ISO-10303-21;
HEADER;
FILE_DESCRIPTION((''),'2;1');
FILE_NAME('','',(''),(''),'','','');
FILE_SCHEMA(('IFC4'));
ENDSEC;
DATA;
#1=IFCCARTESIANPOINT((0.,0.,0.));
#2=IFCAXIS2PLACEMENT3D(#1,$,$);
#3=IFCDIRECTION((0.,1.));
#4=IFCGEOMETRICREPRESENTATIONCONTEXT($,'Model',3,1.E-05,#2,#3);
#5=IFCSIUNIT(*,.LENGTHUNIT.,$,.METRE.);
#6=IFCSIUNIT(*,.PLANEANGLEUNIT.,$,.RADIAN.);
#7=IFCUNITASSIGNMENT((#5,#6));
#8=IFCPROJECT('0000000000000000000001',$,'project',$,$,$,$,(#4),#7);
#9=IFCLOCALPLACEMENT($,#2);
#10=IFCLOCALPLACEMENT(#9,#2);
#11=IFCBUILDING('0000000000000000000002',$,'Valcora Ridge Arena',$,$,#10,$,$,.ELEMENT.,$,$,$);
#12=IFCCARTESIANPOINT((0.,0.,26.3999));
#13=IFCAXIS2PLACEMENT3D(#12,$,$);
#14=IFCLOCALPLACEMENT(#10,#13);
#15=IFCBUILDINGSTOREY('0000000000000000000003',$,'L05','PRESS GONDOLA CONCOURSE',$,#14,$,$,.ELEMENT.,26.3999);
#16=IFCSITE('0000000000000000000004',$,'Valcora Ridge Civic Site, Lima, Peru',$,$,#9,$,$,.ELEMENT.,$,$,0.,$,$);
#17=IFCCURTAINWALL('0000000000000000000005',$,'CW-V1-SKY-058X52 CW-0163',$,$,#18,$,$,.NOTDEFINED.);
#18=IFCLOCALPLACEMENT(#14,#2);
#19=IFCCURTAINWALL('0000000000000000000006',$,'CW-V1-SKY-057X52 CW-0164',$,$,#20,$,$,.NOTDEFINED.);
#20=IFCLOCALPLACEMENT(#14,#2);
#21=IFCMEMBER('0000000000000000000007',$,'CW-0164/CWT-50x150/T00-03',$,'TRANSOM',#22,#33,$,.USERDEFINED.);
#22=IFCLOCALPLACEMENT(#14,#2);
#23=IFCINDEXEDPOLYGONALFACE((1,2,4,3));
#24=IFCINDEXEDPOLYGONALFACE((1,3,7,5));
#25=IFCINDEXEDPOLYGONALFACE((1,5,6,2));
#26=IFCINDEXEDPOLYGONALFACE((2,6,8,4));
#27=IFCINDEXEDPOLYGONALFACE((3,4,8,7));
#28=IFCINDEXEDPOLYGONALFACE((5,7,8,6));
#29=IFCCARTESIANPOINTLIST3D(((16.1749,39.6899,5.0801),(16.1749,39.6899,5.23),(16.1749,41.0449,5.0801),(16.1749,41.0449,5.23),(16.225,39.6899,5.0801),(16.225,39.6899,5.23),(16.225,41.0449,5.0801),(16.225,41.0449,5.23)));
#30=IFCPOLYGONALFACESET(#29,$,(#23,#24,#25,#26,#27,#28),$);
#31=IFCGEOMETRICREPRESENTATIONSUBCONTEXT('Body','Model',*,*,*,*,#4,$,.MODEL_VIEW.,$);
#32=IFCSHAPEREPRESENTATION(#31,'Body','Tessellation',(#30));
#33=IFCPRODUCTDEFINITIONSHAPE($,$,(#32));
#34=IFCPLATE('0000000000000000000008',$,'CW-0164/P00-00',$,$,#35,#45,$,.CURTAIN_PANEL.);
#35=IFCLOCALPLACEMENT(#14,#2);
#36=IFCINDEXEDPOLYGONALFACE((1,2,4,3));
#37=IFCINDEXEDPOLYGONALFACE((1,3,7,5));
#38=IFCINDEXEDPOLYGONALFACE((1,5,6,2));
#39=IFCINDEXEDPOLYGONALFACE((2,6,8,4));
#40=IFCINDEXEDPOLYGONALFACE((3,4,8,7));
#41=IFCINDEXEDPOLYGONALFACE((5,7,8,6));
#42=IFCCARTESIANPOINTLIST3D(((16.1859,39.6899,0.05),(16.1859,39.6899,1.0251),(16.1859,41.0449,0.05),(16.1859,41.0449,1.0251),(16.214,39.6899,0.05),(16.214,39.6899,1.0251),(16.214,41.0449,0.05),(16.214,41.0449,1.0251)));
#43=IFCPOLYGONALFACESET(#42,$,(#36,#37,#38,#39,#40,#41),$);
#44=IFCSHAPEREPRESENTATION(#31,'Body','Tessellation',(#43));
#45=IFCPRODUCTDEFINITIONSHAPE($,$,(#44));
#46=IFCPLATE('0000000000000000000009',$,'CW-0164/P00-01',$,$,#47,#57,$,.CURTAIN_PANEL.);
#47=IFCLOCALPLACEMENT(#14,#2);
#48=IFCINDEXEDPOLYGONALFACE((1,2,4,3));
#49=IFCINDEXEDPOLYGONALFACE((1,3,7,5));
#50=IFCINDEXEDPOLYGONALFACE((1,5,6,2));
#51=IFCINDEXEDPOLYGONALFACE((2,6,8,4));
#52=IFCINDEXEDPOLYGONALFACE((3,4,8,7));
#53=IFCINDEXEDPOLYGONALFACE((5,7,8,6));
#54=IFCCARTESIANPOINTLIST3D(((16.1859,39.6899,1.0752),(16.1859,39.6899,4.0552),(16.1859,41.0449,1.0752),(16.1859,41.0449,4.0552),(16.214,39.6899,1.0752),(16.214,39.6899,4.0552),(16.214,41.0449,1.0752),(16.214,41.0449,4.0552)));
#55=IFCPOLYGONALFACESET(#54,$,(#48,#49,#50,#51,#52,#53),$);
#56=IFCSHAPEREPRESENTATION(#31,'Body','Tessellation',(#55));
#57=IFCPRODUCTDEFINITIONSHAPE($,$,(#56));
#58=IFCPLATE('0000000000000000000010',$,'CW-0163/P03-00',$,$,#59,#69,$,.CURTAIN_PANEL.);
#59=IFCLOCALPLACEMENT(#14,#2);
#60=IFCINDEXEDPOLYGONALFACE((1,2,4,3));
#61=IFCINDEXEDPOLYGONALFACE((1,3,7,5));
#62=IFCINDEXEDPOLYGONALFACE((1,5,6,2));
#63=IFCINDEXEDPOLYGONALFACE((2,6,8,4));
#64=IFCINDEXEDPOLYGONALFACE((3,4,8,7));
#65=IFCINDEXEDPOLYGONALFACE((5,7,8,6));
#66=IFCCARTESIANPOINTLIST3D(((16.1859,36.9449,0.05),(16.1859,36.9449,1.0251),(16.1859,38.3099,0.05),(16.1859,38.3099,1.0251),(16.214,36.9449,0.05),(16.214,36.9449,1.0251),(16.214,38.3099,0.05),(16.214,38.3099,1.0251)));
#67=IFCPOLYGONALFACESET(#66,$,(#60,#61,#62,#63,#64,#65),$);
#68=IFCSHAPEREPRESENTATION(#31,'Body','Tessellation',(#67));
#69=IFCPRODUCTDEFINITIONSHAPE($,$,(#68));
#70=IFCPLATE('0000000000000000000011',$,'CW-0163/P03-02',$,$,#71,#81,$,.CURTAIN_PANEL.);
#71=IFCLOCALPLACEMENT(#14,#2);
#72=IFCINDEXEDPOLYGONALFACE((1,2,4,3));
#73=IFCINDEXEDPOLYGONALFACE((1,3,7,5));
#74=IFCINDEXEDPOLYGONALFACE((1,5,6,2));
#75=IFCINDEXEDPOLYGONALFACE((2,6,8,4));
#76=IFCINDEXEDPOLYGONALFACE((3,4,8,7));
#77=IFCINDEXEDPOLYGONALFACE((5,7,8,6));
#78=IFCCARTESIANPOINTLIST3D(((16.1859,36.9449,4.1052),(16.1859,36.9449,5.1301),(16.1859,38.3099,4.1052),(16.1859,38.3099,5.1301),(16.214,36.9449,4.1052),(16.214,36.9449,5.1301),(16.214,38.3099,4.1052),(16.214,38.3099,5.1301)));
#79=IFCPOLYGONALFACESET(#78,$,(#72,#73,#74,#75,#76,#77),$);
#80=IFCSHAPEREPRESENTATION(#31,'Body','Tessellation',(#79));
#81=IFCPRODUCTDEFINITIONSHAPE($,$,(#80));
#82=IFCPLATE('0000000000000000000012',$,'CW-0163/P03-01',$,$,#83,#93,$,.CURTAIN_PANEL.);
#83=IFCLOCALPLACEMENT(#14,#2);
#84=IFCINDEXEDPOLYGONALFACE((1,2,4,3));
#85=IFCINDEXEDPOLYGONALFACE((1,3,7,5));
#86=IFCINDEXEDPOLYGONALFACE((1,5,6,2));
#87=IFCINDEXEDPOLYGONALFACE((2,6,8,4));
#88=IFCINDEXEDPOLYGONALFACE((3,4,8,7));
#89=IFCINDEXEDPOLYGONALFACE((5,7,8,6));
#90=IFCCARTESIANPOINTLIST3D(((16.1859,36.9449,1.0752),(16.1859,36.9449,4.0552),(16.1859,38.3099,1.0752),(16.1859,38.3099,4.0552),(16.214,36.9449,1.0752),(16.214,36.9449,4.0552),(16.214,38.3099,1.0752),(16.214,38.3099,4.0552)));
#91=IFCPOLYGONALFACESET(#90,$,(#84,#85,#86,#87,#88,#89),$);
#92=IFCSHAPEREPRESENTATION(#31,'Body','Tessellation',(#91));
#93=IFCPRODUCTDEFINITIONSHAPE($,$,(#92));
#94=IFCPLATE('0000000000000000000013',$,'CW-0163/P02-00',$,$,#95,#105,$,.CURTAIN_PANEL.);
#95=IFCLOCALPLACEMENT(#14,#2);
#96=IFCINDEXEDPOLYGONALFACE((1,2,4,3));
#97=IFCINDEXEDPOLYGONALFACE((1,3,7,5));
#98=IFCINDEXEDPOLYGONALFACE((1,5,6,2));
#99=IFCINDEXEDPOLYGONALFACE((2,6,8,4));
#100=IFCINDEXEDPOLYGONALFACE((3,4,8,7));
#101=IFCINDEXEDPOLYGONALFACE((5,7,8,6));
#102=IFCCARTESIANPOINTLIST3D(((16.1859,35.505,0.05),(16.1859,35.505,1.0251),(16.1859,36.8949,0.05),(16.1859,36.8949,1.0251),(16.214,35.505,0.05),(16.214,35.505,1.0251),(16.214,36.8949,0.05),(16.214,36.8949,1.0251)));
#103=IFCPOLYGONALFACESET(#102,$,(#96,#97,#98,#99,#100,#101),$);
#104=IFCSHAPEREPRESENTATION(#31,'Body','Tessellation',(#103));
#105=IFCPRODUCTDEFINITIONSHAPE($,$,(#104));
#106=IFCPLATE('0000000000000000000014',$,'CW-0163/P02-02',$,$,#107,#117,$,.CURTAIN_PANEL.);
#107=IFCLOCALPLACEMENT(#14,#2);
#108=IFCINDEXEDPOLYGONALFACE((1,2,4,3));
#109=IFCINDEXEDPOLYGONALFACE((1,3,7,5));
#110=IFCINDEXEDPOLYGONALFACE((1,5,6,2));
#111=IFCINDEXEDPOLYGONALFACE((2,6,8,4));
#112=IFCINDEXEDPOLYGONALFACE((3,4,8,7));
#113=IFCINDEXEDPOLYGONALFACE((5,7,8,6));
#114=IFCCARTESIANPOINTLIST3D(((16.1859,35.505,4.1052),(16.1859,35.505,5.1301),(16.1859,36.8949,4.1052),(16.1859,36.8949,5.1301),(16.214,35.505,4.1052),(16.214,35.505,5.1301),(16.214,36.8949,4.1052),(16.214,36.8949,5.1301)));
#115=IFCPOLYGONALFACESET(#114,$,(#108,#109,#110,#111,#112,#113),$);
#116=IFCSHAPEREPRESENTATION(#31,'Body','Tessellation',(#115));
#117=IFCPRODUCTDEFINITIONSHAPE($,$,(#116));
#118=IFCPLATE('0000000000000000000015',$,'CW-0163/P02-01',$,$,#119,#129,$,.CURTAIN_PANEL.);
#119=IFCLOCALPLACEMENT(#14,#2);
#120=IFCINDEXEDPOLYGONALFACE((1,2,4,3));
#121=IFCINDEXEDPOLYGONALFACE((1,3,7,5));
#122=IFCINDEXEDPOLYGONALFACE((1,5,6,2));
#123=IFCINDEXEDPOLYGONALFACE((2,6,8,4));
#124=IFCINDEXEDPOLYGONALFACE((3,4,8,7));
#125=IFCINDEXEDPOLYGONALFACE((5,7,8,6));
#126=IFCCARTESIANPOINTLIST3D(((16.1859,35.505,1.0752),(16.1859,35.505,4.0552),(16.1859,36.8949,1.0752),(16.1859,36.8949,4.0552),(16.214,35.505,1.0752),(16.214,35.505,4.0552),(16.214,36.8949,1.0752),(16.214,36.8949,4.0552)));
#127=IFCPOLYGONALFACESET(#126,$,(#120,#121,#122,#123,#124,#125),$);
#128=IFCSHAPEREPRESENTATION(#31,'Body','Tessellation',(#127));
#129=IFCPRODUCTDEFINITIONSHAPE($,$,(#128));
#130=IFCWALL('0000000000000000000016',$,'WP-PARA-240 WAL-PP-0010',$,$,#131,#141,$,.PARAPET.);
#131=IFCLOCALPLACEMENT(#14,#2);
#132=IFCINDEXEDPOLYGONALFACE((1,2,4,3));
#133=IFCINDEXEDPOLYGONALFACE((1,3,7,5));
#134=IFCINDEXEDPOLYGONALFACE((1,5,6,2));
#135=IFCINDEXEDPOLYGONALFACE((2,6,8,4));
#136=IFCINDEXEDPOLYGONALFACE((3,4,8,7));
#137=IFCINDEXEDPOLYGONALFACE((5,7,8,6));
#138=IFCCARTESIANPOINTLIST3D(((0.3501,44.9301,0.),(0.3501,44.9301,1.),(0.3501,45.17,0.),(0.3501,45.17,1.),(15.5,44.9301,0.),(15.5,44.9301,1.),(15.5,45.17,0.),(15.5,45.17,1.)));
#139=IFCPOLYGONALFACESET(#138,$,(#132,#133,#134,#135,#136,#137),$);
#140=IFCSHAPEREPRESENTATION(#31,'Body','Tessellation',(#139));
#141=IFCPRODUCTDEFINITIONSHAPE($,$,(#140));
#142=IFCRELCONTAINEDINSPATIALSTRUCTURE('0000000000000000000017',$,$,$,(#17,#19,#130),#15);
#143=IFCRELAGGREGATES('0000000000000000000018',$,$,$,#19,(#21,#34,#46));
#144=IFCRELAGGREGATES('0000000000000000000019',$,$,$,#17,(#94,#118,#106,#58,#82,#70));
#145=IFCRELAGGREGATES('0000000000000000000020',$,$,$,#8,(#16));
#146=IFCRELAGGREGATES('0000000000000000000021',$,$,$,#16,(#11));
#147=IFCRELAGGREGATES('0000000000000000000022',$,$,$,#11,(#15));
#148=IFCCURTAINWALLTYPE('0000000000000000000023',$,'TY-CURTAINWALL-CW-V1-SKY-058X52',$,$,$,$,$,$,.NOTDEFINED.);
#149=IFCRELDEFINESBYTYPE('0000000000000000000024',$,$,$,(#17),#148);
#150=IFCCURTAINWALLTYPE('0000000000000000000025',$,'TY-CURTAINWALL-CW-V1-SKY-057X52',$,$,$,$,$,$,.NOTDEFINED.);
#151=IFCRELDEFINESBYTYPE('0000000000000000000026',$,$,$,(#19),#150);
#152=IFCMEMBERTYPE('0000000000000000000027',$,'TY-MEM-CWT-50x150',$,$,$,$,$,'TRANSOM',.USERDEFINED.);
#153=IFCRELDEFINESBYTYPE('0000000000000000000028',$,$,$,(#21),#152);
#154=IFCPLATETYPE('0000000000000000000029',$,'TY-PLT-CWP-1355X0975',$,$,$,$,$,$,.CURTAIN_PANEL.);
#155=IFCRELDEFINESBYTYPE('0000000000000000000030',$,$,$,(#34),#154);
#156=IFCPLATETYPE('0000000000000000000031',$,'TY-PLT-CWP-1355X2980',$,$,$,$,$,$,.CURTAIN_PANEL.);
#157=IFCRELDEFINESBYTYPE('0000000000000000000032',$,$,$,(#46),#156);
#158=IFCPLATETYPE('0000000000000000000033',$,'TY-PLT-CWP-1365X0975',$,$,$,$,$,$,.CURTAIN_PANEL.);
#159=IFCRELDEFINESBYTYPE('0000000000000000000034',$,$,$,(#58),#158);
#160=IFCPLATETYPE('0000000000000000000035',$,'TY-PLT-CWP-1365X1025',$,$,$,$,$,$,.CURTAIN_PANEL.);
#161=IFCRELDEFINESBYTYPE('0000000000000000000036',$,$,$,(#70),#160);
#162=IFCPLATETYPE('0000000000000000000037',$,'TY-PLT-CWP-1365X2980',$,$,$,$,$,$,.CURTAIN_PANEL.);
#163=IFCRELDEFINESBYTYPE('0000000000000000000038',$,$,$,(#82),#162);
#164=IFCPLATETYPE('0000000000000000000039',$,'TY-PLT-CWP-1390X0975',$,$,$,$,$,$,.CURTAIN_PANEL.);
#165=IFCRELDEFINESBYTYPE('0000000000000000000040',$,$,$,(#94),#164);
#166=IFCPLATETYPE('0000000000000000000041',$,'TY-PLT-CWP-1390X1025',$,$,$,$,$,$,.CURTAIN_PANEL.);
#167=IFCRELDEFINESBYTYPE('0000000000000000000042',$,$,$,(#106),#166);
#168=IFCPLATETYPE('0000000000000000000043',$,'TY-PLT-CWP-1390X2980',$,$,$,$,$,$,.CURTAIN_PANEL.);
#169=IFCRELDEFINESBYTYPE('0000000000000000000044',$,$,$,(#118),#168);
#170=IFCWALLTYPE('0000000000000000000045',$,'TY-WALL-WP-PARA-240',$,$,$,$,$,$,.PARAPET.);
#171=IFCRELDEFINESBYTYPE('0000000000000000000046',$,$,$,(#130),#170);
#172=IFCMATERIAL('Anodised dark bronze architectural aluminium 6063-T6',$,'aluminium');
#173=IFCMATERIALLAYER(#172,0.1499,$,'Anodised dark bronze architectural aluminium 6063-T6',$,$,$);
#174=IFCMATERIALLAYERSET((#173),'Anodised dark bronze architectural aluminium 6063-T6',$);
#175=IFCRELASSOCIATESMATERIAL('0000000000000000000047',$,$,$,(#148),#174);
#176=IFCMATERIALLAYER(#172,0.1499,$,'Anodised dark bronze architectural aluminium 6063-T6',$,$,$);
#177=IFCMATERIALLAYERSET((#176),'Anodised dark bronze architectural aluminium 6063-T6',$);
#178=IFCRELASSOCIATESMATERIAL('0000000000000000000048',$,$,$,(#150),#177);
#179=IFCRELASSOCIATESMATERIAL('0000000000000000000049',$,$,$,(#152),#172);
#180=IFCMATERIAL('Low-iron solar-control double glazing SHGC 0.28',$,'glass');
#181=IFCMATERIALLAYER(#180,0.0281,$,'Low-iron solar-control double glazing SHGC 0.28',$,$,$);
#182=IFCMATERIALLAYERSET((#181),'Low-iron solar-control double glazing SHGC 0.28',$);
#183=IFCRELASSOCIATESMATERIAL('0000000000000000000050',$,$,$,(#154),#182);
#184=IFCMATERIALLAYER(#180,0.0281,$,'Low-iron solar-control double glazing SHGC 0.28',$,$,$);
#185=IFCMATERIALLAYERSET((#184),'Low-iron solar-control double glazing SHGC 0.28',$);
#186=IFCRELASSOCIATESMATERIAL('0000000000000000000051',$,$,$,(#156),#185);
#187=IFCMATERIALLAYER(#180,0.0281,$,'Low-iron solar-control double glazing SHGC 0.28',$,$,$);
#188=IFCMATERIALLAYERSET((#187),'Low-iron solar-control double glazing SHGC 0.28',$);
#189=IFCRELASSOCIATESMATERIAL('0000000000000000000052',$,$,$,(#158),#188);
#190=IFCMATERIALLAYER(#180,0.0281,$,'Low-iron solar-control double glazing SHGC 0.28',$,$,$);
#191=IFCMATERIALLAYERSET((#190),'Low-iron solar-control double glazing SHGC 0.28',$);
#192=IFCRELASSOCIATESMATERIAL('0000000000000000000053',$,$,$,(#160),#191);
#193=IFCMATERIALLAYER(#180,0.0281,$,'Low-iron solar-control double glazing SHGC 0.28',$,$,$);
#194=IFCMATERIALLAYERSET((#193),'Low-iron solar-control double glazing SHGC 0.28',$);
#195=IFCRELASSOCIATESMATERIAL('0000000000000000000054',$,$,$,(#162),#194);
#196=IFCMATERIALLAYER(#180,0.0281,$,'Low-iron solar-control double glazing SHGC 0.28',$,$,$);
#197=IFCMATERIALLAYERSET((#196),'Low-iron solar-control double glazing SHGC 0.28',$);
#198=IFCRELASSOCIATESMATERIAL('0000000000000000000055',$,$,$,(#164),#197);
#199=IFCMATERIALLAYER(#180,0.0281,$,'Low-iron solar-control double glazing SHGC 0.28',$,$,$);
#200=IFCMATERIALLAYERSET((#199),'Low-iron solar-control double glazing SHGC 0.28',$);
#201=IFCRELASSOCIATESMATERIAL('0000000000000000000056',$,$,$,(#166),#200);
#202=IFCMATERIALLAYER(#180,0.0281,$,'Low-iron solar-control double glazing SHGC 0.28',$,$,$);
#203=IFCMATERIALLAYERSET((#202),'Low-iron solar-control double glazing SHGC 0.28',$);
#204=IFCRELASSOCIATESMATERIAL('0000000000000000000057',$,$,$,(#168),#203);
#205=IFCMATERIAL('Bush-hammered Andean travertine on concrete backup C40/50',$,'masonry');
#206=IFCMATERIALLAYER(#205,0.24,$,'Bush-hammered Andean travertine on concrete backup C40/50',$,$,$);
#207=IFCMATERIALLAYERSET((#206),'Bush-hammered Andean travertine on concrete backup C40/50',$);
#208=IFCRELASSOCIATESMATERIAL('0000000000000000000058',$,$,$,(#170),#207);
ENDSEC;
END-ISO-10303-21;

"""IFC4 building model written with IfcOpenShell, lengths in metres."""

from ifc_helpers import new_model, si_unit, direction, frame, frame_2d, origin, origin_2d, place, context, subcontext, project, spatial, rectangle, extrude, material, layer, layer_set, material_profile, profile_set, type_object, element, aggregate, save


model = new_model("IFC4")

# Units and contexts
model_context = context("Model", 3, precision=1e-05, world=origin(), true_north=direction((0.0, 1.0)))
body_context = subcontext(model_context, "Body", "Model", "MODEL_VIEW")
ifc_project = project(units=[si_unit("LENGTHUNIT", "METRE"), si_unit("PLANEANGLEUNIT", "RADIAN")], contexts=[model_context])

# Site, building, storey
site_placement = place(None, origin())
site = spatial("IfcSite", under=ifc_project, at=site_placement, Name="Valcora Ridge Civic Site, Lima, Peru", CompositionType="ELEMENT", RefElevation=0.0)
building_placement = place(site_placement, origin())
building = spatial("IfcBuilding", under=site, at=building_placement, Name="Valcora Ridge Arena", CompositionType="ELEMENT")
storey_placement = place(building_placement, frame((0.0, 0.0, 26.3999)))
storey = spatial("IfcBuildingStorey", under=building, at=storey_placement, Name="L05", Description="PRESS GONDOLA CONCOURSE", CompositionType="ELEMENT", Elevation=26.3999)

# Curtain wall
ifc_material_1 = material(Name="Anodised dark bronze architectural aluminium 6063-T6", Category="aluminium")
ifc_layer_1 = layer(ifc_material_1, 0.1499, Name="Anodised dark bronze architectural aluminium 6063-T6")
ifc_layer_set_1 = layer_set([ifc_layer_1], Name="Anodised dark bronze architectural aluminium 6063-T6")
curtain_wall_type_1 = type_object("IfcCurtainWallType", Name="TY-CURTAINWALL-CW-V1-SKY-058X52", PredefinedType="NOTDEFINED", material=ifc_layer_set_1)
curtain_wall_1_placement = place(storey_placement, origin())
curtain_wall_1 = element("IfcCurtainWall", 1, at=curtain_wall_1_placement, inside=storey, type_object=curtain_wall_type_1, Name="CW-V1-SKY-058X52 CW-0163", PredefinedType="NOTDEFINED")

# Curtain wall
ifc_layer_2 = layer(ifc_material_1, 0.1499, Name="Anodised dark bronze architectural aluminium 6063-T6")
ifc_layer_set_2 = layer_set([ifc_layer_2], Name="Anodised dark bronze architectural aluminium 6063-T6")
curtain_wall_type_2 = type_object("IfcCurtainWallType", Name="TY-CURTAINWALL-CW-V1-SKY-057X52", PredefinedType="NOTDEFINED", material=ifc_layer_set_2)
curtain_wall_2_placement = place(storey_placement, origin())
curtain_wall_2 = element("IfcCurtainWall", 2, at=curtain_wall_2_placement, inside=storey, type_object=curtain_wall_type_2, Name="CW-V1-SKY-057X52 CW-0164", PredefinedType="NOTDEFINED")

# Member
ifc_material_profile_1 = material_profile(ifc_material_1, rectangle(XDim=0.05, YDim=0.1499, at=origin_2d()), Name="ALU TRANSOM 50x150")
ifc_profile_set_1 = profile_set([ifc_material_profile_1], Name="Anodised dark bronze architectural aluminium 6063-T6")
member_type_1 = type_object("IfcMemberType", Name="TY-MEM-CWT-50x150", ElementType="TRANSOM", PredefinedType="USERDEFINED", material=ifc_profile_set_1)
member_1_placement = place(storey_placement, frame((16.2, 39.6899, 5.155), z_axis=(0.0, 1.0, 0.0), x_axis=(-1.0, 0.0, 0.0)))
member_1 = element("IfcMember", 3, at=member_1_placement, type_object=member_type_1, Name="CW-0164/CWT-50x150/T00-03", ObjectType="TRANSOM", PredefinedType="USERDEFINED", context=body_context, shape_type="SweptSolid", body=[
    extrude(rectangle(XDim=0.05, YDim=0.1499, at=origin_2d()), origin(), (0.0, 0.0, 1.0), 1.355),
])

# Plates
ifc_material_2 = material(Name="Low-iron solar-control double glazing SHGC 0.28", Category="glass")
ifc_layer_3 = layer(ifc_material_2, 0.0281, Name="Low-iron solar-control double glazing SHGC 0.28")
ifc_layer_set_3 = layer_set([ifc_layer_3], Name="Low-iron solar-control double glazing SHGC 0.28")
plate_type_1 = type_object("IfcPlateType", Name="TY-PLT-CWP-1355X0975", PredefinedType="CURTAIN_PANEL", material=ifc_layer_set_3)
plate_1_placement = place(storey_placement, frame((16.2, 40.3674, 0.05), z_axis=(0.0, 0.0, 1.0), x_axis=(0.0, 1.0, 0.0)))
plate_1 = element("IfcPlate", 4, at=plate_1_placement, type_object=plate_type_1, Name="CW-0164/P00-00", PredefinedType="CURTAIN_PANEL", context=body_context, shape_type="SweptSolid", body=[
    extrude(rectangle(XDim=1.355, YDim=0.0281, at=origin_2d()), origin(), (0.0, 0.0, 1.0), 0.9751),
])
ifc_layer_4 = layer(ifc_material_2, 0.0281, Name="Low-iron solar-control double glazing SHGC 0.28")
ifc_layer_set_4 = layer_set([ifc_layer_4], Name="Low-iron solar-control double glazing SHGC 0.28")
plate_type_2 = type_object("IfcPlateType", Name="TY-PLT-CWP-1355X2980", PredefinedType="CURTAIN_PANEL", material=ifc_layer_set_4)
plate_2_placement = place(storey_placement, frame((16.2, 40.3674, 1.0752), z_axis=(0.0, 0.0, 1.0), x_axis=(0.0, 1.0, 0.0)))
plate_2 = element("IfcPlate", 5, at=plate_2_placement, type_object=plate_type_2, Name="CW-0164/P00-01", PredefinedType="CURTAIN_PANEL", context=body_context, shape_type="SweptSolid", body=[
    extrude(rectangle(XDim=1.355, YDim=0.0281, at=origin_2d()), origin(), (0.0, 0.0, 1.0), 2.98),
])
aggregate(curtain_wall_2, [member_1, plate_1, plate_2])
ifc_layer_5 = layer(ifc_material_2, 0.0281, Name="Low-iron solar-control double glazing SHGC 0.28")
ifc_layer_set_5 = layer_set([ifc_layer_5], Name="Low-iron solar-control double glazing SHGC 0.28")
plate_type_3 = type_object("IfcPlateType", Name="TY-PLT-CWP-1365X0975", PredefinedType="CURTAIN_PANEL", material=ifc_layer_set_5)
plate_3_placement = place(storey_placement, frame((16.2, 37.6274, 0.05), z_axis=(0.0, 0.0, 1.0), x_axis=(0.0, 1.0, 0.0)))
plate_3 = element("IfcPlate", 6, at=plate_3_placement, type_object=plate_type_3, Name="CW-0163/P03-00", PredefinedType="CURTAIN_PANEL", context=body_context, shape_type="SweptSolid", body=[
    extrude(rectangle(XDim=1.365, YDim=0.0281, at=origin_2d()), origin(), (0.0, 0.0, 1.0), 0.9751),
])
ifc_layer_6 = layer(ifc_material_2, 0.0281, Name="Low-iron solar-control double glazing SHGC 0.28")
ifc_layer_set_6 = layer_set([ifc_layer_6], Name="Low-iron solar-control double glazing SHGC 0.28")
plate_type_4 = type_object("IfcPlateType", Name="TY-PLT-CWP-1365X1025", PredefinedType="CURTAIN_PANEL", material=ifc_layer_set_6)
plate_4_placement = place(storey_placement, frame((16.2, 37.6274, 4.1052), z_axis=(0.0, 0.0, 1.0), x_axis=(0.0, 1.0, 0.0)))
plate_4 = element("IfcPlate", 7, at=plate_4_placement, type_object=plate_type_4, Name="CW-0163/P03-02", PredefinedType="CURTAIN_PANEL", context=body_context, shape_type="SweptSolid", body=[
    extrude(rectangle(XDim=1.365, YDim=0.0281, at=origin_2d()), origin(), (0.0, 0.0, 1.0), 1.0249),
])
ifc_layer_7 = layer(ifc_material_2, 0.0281, Name="Low-iron solar-control double glazing SHGC 0.28")
ifc_layer_set_7 = layer_set([ifc_layer_7], Name="Low-iron solar-control double glazing SHGC 0.28")
plate_type_5 = type_object("IfcPlateType", Name="TY-PLT-CWP-1365X2980", PredefinedType="CURTAIN_PANEL", material=ifc_layer_set_7)
plate_5_placement = place(storey_placement, frame((16.2, 37.6274, 1.0752), z_axis=(0.0, 0.0, 1.0), x_axis=(0.0, 1.0, 0.0)))
plate_5 = element("IfcPlate", 8, at=plate_5_placement, type_object=plate_type_5, Name="CW-0163/P03-01", PredefinedType="CURTAIN_PANEL", context=body_context, shape_type="SweptSolid", body=[
    extrude(rectangle(XDim=1.365, YDim=0.0281, at=origin_2d()), origin(), (0.0, 0.0, 1.0), 2.98),
])
ifc_layer_8 = layer(ifc_material_2, 0.0281, Name="Low-iron solar-control double glazing SHGC 0.28")
ifc_layer_set_8 = layer_set([ifc_layer_8], Name="Low-iron solar-control double glazing SHGC 0.28")
plate_type_6 = type_object("IfcPlateType", Name="TY-PLT-CWP-1390X0975", PredefinedType="CURTAIN_PANEL", material=ifc_layer_set_8)
plate_6_placement = place(storey_placement, frame((16.2, 36.2, 0.05), z_axis=(0.0, 0.0, 1.0), x_axis=(0.0, 1.0, 0.0)))
plate_6 = element("IfcPlate", 9, at=plate_6_placement, type_object=plate_type_6, Name="CW-0163/P02-00", PredefinedType="CURTAIN_PANEL", context=body_context, shape_type="SweptSolid", body=[
    extrude(rectangle(XDim=1.3899, YDim=0.0281, at=origin_2d()), origin(), (0.0, 0.0, 1.0), 0.9751),
])
ifc_layer_9 = layer(ifc_material_2, 0.0281, Name="Low-iron solar-control double glazing SHGC 0.28")
ifc_layer_set_9 = layer_set([ifc_layer_9], Name="Low-iron solar-control double glazing SHGC 0.28")
plate_type_7 = type_object("IfcPlateType", Name="TY-PLT-CWP-1390X1025", PredefinedType="CURTAIN_PANEL", material=ifc_layer_set_9)
plate_7_placement = place(storey_placement, frame((16.2, 36.2, 4.1052), z_axis=(0.0, 0.0, 1.0), x_axis=(0.0, 1.0, 0.0)))
plate_7 = element("IfcPlate", 10, at=plate_7_placement, type_object=plate_type_7, Name="CW-0163/P02-02", PredefinedType="CURTAIN_PANEL", context=body_context, shape_type="SweptSolid", body=[
    extrude(rectangle(XDim=1.3899, YDim=0.0281, at=origin_2d()), origin(), (0.0, 0.0, 1.0), 1.0249),
])
ifc_layer_10 = layer(ifc_material_2, 0.0281, Name="Low-iron solar-control double glazing SHGC 0.28")
ifc_layer_set_10 = layer_set([ifc_layer_10], Name="Low-iron solar-control double glazing SHGC 0.28")
plate_type_8 = type_object("IfcPlateType", Name="TY-PLT-CWP-1390X2980", PredefinedType="CURTAIN_PANEL", material=ifc_layer_set_10)
plate_8_placement = place(storey_placement, frame((16.2, 36.2, 1.0752), z_axis=(0.0, 0.0, 1.0), x_axis=(0.0, 1.0, 0.0)))
plate_8 = element("IfcPlate", 11, at=plate_8_placement, type_object=plate_type_8, Name="CW-0163/P02-01", PredefinedType="CURTAIN_PANEL", context=body_context, shape_type="SweptSolid", body=[
    extrude(rectangle(XDim=1.3899, YDim=0.0281, at=origin_2d()), origin(), (0.0, 0.0, 1.0), 2.98),
])
aggregate(curtain_wall_1, [plate_6, plate_8, plate_7, plate_3, plate_5, plate_4])

# Wall
ifc_material_3 = material(Name="Bush-hammered Andean travertine on concrete backup C40/50", Category="masonry")
ifc_layer_11 = layer(ifc_material_3, 0.24, Name="Bush-hammered Andean travertine on concrete backup C40/50")
ifc_layer_set_11 = layer_set([ifc_layer_11], Name="Bush-hammered Andean travertine on concrete backup C40/50")
wall_type = type_object("IfcWallType", Name="TY-WALL-WP-PARA-240", PredefinedType="PARAPET", material=ifc_layer_set_11)
wall_placement = place(storey_placement, frame((0.3501, 45.05, 0.0), z_axis=(0.0, 0.0, 1.0), x_axis=(1.0, 0.0, 0.0)))
element("IfcWall", 12, at=wall_placement, inside=storey, type_object=wall_type, Name="WP-PARA-240 WAL-PP-0010", PredefinedType="PARAPET", context=body_context, shape_type="SweptSolid", body=[
    extrude(rectangle(XDim=15.1499, YDim=0.24, at=frame_2d((7.575, 0.0))), origin(), (0.0, 0.0, 1.0), 1.0),
])

save(model, "model.ifc")
